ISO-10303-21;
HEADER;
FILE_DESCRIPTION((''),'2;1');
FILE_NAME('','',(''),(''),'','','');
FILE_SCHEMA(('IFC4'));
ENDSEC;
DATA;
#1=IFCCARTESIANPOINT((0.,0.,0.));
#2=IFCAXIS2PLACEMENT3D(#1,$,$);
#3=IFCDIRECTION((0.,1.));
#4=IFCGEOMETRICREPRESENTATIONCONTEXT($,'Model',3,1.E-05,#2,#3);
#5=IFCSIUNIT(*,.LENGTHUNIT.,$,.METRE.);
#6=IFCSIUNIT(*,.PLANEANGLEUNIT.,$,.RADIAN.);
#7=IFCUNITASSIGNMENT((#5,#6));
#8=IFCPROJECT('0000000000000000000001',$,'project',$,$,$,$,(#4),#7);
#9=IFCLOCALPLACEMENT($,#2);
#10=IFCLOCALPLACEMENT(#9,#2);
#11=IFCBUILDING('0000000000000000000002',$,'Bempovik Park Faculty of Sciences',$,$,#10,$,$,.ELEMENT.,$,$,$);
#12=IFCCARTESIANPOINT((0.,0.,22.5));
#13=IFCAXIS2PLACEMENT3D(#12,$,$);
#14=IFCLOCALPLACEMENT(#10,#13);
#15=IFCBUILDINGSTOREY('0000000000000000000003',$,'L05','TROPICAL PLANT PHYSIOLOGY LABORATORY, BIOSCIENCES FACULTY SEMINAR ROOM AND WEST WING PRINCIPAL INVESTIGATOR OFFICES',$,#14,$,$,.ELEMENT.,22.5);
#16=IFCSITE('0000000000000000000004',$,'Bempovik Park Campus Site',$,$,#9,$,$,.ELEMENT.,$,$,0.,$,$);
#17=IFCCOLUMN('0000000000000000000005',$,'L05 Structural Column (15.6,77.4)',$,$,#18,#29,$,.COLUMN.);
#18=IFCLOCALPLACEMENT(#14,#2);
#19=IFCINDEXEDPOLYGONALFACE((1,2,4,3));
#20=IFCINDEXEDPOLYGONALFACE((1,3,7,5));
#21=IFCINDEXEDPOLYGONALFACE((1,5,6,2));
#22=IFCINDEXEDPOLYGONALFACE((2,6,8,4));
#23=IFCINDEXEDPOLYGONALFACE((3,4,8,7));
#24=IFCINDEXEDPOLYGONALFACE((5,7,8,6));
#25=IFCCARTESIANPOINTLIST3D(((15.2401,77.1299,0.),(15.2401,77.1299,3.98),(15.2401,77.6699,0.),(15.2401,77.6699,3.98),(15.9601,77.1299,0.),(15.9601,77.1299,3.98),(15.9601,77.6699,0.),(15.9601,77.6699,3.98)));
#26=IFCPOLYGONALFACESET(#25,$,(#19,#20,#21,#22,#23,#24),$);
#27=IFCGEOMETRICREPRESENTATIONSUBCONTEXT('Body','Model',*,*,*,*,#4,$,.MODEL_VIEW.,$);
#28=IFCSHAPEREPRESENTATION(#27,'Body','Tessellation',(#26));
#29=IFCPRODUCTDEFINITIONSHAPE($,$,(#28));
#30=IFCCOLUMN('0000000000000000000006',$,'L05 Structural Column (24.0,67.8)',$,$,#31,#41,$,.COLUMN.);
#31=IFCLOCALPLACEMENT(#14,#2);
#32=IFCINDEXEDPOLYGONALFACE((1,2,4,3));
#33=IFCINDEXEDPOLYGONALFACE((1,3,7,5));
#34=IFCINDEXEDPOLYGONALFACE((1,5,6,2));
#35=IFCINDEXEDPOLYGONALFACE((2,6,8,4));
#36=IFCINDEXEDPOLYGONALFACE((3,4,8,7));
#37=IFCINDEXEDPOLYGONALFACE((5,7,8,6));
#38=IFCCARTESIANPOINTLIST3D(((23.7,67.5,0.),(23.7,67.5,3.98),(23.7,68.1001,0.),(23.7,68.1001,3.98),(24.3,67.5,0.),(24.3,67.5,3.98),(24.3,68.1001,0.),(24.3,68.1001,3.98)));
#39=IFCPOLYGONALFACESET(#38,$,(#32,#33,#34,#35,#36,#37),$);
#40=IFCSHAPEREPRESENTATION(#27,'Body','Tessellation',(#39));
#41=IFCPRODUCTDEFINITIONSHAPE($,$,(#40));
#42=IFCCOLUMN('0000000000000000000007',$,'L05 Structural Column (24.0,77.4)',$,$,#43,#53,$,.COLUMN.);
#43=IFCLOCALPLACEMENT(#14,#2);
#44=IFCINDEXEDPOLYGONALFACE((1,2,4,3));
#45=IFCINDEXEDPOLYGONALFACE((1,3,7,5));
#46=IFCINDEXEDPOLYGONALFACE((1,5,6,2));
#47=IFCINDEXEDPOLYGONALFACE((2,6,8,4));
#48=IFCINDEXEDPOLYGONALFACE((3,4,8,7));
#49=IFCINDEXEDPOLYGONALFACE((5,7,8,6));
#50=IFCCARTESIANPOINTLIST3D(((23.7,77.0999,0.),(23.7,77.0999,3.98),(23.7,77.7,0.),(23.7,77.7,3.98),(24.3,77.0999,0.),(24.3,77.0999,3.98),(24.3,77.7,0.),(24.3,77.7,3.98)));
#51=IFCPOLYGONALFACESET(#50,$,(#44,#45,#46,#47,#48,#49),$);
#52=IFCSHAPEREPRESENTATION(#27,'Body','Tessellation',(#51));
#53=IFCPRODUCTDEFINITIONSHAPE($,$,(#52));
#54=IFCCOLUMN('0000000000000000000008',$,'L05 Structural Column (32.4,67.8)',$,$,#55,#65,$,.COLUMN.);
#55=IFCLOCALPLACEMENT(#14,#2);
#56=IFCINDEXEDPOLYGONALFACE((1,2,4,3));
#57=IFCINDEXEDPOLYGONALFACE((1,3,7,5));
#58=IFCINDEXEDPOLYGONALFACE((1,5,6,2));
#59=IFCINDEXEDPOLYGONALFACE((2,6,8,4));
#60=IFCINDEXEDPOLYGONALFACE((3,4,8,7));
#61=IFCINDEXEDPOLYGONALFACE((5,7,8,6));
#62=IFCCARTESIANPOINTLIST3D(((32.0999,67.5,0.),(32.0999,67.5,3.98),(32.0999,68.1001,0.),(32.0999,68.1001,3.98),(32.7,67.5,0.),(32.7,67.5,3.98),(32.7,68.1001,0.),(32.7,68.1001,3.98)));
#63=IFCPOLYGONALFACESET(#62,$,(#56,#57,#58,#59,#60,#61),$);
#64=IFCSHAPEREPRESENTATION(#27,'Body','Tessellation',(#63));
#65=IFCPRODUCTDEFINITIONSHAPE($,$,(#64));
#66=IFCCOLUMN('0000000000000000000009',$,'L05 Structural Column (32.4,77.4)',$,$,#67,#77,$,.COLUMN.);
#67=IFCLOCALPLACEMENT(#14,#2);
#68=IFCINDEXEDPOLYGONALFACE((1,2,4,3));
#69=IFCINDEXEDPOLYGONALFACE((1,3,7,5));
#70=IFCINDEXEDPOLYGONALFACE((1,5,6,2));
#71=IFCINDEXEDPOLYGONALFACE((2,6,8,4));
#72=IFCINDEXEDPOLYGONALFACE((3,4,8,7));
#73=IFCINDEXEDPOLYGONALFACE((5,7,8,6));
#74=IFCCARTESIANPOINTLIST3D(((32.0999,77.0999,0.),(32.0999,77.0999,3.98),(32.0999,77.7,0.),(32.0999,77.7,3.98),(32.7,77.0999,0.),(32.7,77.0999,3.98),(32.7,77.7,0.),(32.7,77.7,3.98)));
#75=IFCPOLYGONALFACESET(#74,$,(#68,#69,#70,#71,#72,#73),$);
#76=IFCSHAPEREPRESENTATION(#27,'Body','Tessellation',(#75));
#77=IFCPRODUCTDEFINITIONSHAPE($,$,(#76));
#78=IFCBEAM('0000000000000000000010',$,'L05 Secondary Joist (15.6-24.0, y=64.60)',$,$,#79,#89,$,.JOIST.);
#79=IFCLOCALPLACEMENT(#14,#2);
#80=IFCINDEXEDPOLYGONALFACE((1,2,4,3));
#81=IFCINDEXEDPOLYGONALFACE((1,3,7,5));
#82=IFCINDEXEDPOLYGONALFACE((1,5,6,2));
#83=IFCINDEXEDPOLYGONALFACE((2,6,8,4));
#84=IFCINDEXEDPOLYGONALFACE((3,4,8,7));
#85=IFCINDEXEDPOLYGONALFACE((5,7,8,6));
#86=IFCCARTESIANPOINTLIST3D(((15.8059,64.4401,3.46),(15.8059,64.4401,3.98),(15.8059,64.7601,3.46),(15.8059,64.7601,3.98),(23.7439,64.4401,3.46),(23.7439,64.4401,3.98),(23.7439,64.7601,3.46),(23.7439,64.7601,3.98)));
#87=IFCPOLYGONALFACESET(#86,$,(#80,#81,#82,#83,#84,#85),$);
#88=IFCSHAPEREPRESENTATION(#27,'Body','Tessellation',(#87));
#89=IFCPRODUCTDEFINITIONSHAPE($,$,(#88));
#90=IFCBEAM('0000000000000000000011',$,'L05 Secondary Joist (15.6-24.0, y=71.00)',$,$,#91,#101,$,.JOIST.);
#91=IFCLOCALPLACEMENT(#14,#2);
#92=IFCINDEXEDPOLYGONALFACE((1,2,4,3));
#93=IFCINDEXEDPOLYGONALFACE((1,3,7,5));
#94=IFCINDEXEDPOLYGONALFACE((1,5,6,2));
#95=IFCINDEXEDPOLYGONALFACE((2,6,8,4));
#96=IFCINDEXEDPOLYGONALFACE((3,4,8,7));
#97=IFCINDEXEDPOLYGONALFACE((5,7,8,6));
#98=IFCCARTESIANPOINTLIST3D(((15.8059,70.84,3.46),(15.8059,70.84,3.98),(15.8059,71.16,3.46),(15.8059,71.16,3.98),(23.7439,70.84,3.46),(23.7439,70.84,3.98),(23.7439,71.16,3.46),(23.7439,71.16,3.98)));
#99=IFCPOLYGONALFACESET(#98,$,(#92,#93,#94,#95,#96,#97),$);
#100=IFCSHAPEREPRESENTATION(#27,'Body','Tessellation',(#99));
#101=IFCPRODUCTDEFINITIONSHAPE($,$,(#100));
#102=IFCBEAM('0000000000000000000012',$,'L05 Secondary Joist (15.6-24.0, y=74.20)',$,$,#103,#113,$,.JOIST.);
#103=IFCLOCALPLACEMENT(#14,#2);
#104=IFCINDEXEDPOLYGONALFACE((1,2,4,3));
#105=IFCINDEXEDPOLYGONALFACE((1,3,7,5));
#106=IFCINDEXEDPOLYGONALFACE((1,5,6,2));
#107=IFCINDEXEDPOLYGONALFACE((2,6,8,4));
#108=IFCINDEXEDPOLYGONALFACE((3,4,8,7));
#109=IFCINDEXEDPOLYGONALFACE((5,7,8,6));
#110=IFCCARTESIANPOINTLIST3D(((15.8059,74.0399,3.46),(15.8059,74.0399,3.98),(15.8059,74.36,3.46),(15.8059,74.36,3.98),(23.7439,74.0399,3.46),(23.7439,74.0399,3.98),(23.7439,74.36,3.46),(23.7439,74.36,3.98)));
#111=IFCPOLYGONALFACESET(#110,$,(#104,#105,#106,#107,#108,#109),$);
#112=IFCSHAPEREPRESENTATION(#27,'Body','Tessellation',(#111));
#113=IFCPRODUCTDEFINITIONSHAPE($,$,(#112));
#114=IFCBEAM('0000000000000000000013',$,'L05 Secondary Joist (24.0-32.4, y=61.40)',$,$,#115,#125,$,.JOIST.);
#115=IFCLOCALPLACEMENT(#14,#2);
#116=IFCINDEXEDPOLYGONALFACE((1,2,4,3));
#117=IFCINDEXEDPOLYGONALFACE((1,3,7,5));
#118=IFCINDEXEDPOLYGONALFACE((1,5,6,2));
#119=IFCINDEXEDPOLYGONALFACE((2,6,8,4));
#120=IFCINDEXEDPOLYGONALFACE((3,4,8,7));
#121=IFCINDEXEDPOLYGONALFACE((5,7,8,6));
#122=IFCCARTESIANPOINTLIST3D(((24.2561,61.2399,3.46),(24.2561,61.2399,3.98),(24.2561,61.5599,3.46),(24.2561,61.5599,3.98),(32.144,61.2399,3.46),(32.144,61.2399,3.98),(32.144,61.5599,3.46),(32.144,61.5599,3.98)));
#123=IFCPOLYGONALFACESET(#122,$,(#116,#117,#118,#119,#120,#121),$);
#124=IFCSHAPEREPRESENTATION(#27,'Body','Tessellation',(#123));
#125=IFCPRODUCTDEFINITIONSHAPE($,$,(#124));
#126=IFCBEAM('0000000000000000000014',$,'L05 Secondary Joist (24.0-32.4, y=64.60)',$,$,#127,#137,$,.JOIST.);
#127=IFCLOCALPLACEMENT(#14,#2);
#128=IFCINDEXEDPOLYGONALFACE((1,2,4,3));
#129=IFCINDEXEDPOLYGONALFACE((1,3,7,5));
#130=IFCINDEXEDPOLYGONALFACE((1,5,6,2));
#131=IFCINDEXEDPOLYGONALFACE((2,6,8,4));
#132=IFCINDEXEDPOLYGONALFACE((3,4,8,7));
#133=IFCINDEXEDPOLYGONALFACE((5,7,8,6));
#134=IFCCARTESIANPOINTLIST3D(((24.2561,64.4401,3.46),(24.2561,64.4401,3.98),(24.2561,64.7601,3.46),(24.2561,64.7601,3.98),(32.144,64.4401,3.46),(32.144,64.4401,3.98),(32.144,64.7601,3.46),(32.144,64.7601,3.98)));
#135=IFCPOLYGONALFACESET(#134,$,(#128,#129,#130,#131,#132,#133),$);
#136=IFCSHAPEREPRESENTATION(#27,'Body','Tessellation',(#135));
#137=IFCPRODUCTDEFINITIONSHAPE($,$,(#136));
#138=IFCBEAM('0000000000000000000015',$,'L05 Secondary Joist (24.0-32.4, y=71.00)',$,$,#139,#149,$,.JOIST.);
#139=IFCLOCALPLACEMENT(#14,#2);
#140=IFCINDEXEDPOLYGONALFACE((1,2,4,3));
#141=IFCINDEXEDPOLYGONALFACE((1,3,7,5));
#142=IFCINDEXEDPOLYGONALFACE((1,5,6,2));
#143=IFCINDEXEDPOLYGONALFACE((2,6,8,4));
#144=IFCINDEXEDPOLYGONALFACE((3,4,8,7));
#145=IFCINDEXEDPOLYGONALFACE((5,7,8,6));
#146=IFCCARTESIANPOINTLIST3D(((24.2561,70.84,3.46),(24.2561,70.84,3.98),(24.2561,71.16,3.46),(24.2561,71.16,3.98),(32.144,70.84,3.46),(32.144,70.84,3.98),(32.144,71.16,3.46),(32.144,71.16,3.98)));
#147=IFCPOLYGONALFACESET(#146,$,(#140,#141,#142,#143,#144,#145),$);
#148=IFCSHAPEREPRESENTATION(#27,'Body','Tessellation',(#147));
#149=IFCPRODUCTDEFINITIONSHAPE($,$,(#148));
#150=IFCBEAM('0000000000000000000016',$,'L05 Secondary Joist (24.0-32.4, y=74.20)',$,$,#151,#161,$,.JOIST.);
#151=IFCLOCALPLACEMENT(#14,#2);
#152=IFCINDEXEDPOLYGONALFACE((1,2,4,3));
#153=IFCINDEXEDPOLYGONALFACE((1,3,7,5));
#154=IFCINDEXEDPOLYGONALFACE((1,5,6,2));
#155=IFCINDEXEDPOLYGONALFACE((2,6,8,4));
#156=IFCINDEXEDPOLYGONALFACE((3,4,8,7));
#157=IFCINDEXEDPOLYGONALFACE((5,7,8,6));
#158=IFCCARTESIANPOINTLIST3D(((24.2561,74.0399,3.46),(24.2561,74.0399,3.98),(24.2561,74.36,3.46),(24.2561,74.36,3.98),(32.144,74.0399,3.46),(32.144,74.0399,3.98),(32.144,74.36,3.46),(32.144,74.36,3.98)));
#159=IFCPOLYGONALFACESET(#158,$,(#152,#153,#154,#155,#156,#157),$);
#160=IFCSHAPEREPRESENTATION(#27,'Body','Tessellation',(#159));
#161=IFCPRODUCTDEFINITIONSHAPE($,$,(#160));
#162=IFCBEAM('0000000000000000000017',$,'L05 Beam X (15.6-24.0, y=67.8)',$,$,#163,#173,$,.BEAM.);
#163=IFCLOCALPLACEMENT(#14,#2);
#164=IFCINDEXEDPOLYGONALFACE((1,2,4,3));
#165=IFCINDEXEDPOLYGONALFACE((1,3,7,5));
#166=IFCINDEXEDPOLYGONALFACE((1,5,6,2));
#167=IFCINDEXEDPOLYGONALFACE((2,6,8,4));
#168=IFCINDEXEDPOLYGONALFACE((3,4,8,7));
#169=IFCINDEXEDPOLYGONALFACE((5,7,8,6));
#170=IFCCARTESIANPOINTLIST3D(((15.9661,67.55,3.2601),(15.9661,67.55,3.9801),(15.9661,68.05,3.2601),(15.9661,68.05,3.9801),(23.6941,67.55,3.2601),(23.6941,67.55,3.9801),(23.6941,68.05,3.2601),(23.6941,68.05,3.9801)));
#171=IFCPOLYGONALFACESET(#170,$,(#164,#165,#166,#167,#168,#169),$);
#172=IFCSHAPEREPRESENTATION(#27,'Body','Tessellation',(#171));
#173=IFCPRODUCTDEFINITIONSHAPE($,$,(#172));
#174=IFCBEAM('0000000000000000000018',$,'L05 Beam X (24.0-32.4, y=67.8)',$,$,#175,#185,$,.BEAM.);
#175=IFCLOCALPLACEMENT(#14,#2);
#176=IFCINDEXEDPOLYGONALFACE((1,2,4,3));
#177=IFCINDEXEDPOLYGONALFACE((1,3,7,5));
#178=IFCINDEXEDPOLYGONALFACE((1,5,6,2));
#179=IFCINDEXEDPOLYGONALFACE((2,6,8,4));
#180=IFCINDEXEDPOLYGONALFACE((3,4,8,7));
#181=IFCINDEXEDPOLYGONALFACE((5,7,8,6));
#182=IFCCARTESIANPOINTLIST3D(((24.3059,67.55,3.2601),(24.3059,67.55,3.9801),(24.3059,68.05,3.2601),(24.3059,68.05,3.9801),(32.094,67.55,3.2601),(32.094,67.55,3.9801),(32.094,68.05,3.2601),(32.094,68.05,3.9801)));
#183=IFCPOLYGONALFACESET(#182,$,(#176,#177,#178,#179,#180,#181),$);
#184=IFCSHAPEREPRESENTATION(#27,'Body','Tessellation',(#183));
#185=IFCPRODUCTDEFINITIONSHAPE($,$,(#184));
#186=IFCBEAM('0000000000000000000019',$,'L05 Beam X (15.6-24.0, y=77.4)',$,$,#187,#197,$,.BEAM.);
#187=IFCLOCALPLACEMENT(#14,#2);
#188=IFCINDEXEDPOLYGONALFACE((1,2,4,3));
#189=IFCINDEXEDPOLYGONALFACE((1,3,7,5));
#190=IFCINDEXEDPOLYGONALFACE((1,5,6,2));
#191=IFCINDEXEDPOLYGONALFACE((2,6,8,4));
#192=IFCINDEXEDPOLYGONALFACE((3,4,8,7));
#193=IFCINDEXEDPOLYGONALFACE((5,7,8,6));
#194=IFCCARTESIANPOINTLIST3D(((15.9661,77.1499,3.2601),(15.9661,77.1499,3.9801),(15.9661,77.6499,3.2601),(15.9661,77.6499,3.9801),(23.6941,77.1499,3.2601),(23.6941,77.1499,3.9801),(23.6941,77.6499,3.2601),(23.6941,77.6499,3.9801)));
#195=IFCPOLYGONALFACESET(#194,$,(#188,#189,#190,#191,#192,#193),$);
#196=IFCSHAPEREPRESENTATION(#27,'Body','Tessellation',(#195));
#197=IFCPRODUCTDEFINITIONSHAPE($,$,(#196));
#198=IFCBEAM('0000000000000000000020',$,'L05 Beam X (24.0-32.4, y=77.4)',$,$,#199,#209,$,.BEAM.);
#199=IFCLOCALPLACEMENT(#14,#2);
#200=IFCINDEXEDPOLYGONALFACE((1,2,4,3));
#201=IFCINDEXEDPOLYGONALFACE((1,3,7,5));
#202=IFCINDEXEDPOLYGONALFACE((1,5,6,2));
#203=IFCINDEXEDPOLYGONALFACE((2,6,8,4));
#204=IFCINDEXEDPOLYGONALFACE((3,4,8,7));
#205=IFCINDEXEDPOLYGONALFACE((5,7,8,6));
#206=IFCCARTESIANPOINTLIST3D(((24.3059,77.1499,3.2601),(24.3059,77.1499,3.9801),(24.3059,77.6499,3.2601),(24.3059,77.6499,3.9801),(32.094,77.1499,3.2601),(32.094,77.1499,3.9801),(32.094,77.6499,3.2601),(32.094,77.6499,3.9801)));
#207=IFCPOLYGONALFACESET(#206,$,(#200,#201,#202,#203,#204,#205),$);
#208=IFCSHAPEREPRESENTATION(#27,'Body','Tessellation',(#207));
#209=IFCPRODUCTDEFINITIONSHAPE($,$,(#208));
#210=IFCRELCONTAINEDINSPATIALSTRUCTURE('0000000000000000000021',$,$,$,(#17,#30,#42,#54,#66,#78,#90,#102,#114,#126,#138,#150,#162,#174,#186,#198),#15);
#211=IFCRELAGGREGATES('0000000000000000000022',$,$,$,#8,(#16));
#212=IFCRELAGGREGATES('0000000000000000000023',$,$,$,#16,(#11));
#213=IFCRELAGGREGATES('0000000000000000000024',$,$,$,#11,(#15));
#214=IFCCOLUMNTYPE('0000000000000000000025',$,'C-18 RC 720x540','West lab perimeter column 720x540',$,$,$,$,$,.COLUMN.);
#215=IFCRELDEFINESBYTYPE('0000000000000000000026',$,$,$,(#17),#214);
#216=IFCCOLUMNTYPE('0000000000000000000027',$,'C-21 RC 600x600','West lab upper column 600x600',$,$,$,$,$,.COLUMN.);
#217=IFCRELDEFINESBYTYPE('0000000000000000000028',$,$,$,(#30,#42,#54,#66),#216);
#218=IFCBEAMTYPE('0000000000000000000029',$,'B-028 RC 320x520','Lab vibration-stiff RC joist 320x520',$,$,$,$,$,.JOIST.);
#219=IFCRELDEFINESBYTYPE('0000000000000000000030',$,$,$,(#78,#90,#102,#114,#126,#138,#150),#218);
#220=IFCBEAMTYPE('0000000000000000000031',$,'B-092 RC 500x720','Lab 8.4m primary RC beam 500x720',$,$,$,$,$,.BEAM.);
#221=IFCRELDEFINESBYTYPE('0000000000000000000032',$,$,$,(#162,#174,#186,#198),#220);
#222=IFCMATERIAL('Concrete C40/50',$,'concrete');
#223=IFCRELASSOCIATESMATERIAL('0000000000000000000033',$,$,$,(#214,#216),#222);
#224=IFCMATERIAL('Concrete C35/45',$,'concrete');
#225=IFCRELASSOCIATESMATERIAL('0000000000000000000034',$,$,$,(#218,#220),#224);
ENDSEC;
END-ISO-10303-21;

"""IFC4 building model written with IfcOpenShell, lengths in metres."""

from ifc_helpers import new_model, si_unit, direction, frame, origin, origin_2d, place, context, subcontext, project, spatial, rectangle, extrude, material, material_profile, profile_set, type_object, element, save


model = new_model("IFC4")

# Units and contexts
model_context = context("Model", 3, precision=1e-05, world=origin(), true_north=direction((0.0, 1.0)))
body_context = subcontext(model_context, "Body", "Model", "MODEL_VIEW")
ifc_project = project(units=[si_unit("LENGTHUNIT", "METRE"), si_unit("PLANEANGLEUNIT", "RADIAN")], contexts=[model_context])

# Site, building, storey
site_placement = place(None, origin())
site = spatial("IfcSite", under=ifc_project, at=site_placement, Name="Bempovik Park Campus Site", CompositionType="ELEMENT", RefElevation=0.0)
building_placement = place(site_placement, origin())
building = spatial("IfcBuilding", under=site, at=building_placement, Name="Bempovik Park Faculty of Sciences", CompositionType="ELEMENT")
storey_placement = place(building_placement, frame((0.0, 0.0, 22.5)))
storey = spatial("IfcBuildingStorey", under=building, at=storey_placement, Name="L05", Description="TROPICAL PLANT PHYSIOLOGY LABORATORY, BIOSCIENCES FACULTY SEMINAR ROOM AND WEST WING PRINCIPAL INVESTIGATOR OFFICES", CompositionType="ELEMENT", Elevation=22.5)

# Columns
ifc_material_1 = material(Name="Concrete C40/50", Category="concrete")
ifc_material_profile_1 = material_profile(ifc_material_1, rectangle(XDim=0.72, YDim=0.54, at=origin_2d()), Name="RC 720x540")
ifc_profile_set_1 = profile_set([ifc_material_profile_1], Name="Concrete C40/50")
column_type_1 = type_object("IfcColumnType", Name="C-18 RC 720x540", Description="West lab perimeter column 720x540", PredefinedType="COLUMN", material=ifc_profile_set_1)
column_placement = place(storey_placement, frame((15.6001, 77.3999, 0.0), z_axis=(0.0, 0.0, 1.0), x_axis=(1.0, 0.0, 0.0)))
element("IfcColumn", 1, at=column_placement, inside=storey, type_object=column_type_1, Name="L05 Structural Column (15.6,77.4)", PredefinedType="COLUMN", context=body_context, shape_type="SweptSolid", body=[
    extrude(rectangle(XDim=0.72, YDim=0.54, at=origin_2d()), origin(), (0.0, 0.0, 1.0), 3.98),
])
ifc_material_profile_2 = material_profile(ifc_material_1, rectangle(XDim=0.6001, YDim=0.6001, at=origin_2d()), Name="RC 600x600")
ifc_profile_set_2 = profile_set([ifc_material_profile_2], Name="Concrete C40/50")
column_type_2 = type_object("IfcColumnType", Name="C-21 RC 600x600", Description="West lab upper column 600x600", PredefinedType="COLUMN", material=ifc_profile_set_2)
for number, where, z_axis, x_axis, name in (
    (2, (24.0, 67.8, 0.0), (0.0, 0.0, 1.0), (1.0, 0.0, 0.0), "L05 Structural Column (24.0,67.8)"),
    (3, (24.0, 77.3999, 0.0), (0.0, 0.0, 1.0), (1.0, 0.0, 0.0), "L05 Structural Column (24.0,77.4)"),
    (4, (32.3999, 67.8, 0.0), (0.0, 0.0, 1.0), (1.0, 0.0, 0.0), "L05 Structural Column (32.4,67.8)"),
    (5, (32.3999, 77.3999, 0.0), (0.0, 0.0, 1.0), (1.0, 0.0, 0.0), "L05 Structural Column (32.4,77.4)"),
):
    element("IfcColumn", number, at=place(storey_placement, frame(where, z_axis=z_axis, x_axis=x_axis)), inside=storey, type_object=column_type_2, Name=name, PredefinedType="COLUMN", context=body_context, shape_type="SweptSolid", body=[
        extrude(rectangle(XDim=0.6001, YDim=0.6001, at=origin_2d()), origin(), (0.0, 0.0, 1.0), 3.98),
    ])

# Beams
ifc_material_2 = material(Name="Concrete C35/45", Category="concrete")
ifc_material_profile_3 = material_profile(ifc_material_2, rectangle(XDim=0.3201, YDim=0.52, at=origin_2d()), Name="RC 320x520")
ifc_profile_set_3 = profile_set([ifc_material_profile_3], Name="Concrete C35/45")
beam_type_1 = type_object("IfcBeamType", Name="B-028 RC 320x520", Description="Lab vibration-stiff RC joist 320x520", PredefinedType="JOIST", material=ifc_profile_set_3)
for number, where, z_axis, x_axis, name in (
    (6, (15.8059, 64.6001, 3.72), (1.0, 0.0, 0.0), (0.0, 1.0, 0.0), "L05 Secondary Joist (15.6-24.0, y=64.60)"),
    (7, (15.8059, 71.0, 3.72), (1.0, 0.0, 0.0), (0.0, 1.0, 0.0), "L05 Secondary Joist (15.6-24.0, y=71.00)"),
    (8, (15.8059, 74.2, 3.72), (1.0, 0.0, 0.0), (0.0, 1.0, 0.0), "L05 Secondary Joist (15.6-24.0, y=74.20)"),
):
    element("IfcBeam", number, at=place(storey_placement, frame(where, z_axis=z_axis, x_axis=x_axis)), inside=storey, type_object=beam_type_1, Name=name, PredefinedType="JOIST", context=body_context, shape_type="SweptSolid", body=[
        extrude(rectangle(XDim=0.3201, YDim=0.52, at=origin_2d()), origin(), (0.0, 0.0, 1.0), 7.938),
    ])
for number, where, z_axis, x_axis, name in (
    (9, (24.2561, 61.3999, 3.72), (1.0, 0.0, 0.0), (0.0, 1.0, 0.0), "L05 Secondary Joist (24.0-32.4, y=61.40)"),
    (10, (24.2561, 64.6001, 3.72), (1.0, 0.0, 0.0), (0.0, 1.0, 0.0), "L05 Secondary Joist (24.0-32.4, y=64.60)"),
    (11, (24.2561, 71.0, 3.72), (1.0, 0.0, 0.0), (0.0, 1.0, 0.0), "L05 Secondary Joist (24.0-32.4, y=71.00)"),
    (12, (24.2561, 74.2, 3.72), (1.0, 0.0, 0.0), (0.0, 1.0, 0.0), "L05 Secondary Joist (24.0-32.4, y=74.20)"),
):
    element("IfcBeam", number, at=place(storey_placement, frame(where, z_axis=z_axis, x_axis=x_axis)), inside=storey, type_object=beam_type_1, Name=name, PredefinedType="JOIST", context=body_context, shape_type="SweptSolid", body=[
        extrude(rectangle(XDim=0.3201, YDim=0.52, at=origin_2d()), origin(), (0.0, 0.0, 1.0), 7.8879),
    ])
ifc_material_profile_4 = material_profile(ifc_material_2, rectangle(XDim=0.5, YDim=0.72, at=origin_2d()), Name="RC 500x720")
ifc_profile_set_4 = profile_set([ifc_material_profile_4], Name="Concrete C35/45")
beam_type_2 = type_object("IfcBeamType", Name="B-092 RC 500x720", Description="Lab 8.4m primary RC beam 500x720", PredefinedType="BEAM", material=ifc_profile_set_4)
beam_1_placement = place(storey_placement, frame((15.9661, 67.8, 3.6201), z_axis=(1.0, 0.0, 0.0), x_axis=(0.0, 1.0, 0.0)))
element("IfcBeam", 13, at=beam_1_placement, inside=storey, type_object=beam_type_2, Name="L05 Beam X (15.6-24.0, y=67.8)", PredefinedType="BEAM", context=body_context, shape_type="SweptSolid", body=[
    extrude(rectangle(XDim=0.5, YDim=0.72, at=origin_2d()), origin(), (0.0, 0.0, 1.0), 7.728),
])
beam_2_placement = place(storey_placement, frame((24.3059, 67.8, 3.6201), z_axis=(1.0, 0.0, 0.0), x_axis=(0.0, 1.0, 0.0)))
element("IfcBeam", 14, at=beam_2_placement, inside=storey, type_object=beam_type_2, Name="L05 Beam X (24.0-32.4, y=67.8)", PredefinedType="BEAM", context=body_context, shape_type="SweptSolid", body=[
    extrude(rectangle(XDim=0.5, YDim=0.72, at=origin_2d()), origin(), (0.0, 0.0, 1.0), 7.7881),
])
beam_3_placement = place(storey_placement, frame((15.9661, 77.3999, 3.6201), z_axis=(1.0, 0.0, 0.0), x_axis=(0.0, 1.0, 0.0)))
element("IfcBeam", 15, at=beam_3_placement, inside=storey, type_object=beam_type_2, Name="L05 Beam X (15.6-24.0, y=77.4)", PredefinedType="BEAM", context=body_context, shape_type="SweptSolid", body=[
    extrude(rectangle(XDim=0.5, YDim=0.72, at=origin_2d()), origin(), (0.0, 0.0, 1.0), 7.728),
])
beam_4_placement = place(storey_placement, frame((24.3059, 77.3999, 3.6201), z_axis=(1.0, 0.0, 0.0), x_axis=(0.0, 1.0, 0.0)))
element("IfcBeam", 16, at=beam_4_placement, inside=storey, type_object=beam_type_2, Name="L05 Beam X (24.0-32.4, y=77.4)", PredefinedType="BEAM", context=body_context, shape_type="SweptSolid", body=[
    extrude(rectangle(XDim=0.5, YDim=0.72, at=origin_2d()), origin(), (0.0, 0.0, 1.0), 7.7881),
])

save(model, "model.ifc")
